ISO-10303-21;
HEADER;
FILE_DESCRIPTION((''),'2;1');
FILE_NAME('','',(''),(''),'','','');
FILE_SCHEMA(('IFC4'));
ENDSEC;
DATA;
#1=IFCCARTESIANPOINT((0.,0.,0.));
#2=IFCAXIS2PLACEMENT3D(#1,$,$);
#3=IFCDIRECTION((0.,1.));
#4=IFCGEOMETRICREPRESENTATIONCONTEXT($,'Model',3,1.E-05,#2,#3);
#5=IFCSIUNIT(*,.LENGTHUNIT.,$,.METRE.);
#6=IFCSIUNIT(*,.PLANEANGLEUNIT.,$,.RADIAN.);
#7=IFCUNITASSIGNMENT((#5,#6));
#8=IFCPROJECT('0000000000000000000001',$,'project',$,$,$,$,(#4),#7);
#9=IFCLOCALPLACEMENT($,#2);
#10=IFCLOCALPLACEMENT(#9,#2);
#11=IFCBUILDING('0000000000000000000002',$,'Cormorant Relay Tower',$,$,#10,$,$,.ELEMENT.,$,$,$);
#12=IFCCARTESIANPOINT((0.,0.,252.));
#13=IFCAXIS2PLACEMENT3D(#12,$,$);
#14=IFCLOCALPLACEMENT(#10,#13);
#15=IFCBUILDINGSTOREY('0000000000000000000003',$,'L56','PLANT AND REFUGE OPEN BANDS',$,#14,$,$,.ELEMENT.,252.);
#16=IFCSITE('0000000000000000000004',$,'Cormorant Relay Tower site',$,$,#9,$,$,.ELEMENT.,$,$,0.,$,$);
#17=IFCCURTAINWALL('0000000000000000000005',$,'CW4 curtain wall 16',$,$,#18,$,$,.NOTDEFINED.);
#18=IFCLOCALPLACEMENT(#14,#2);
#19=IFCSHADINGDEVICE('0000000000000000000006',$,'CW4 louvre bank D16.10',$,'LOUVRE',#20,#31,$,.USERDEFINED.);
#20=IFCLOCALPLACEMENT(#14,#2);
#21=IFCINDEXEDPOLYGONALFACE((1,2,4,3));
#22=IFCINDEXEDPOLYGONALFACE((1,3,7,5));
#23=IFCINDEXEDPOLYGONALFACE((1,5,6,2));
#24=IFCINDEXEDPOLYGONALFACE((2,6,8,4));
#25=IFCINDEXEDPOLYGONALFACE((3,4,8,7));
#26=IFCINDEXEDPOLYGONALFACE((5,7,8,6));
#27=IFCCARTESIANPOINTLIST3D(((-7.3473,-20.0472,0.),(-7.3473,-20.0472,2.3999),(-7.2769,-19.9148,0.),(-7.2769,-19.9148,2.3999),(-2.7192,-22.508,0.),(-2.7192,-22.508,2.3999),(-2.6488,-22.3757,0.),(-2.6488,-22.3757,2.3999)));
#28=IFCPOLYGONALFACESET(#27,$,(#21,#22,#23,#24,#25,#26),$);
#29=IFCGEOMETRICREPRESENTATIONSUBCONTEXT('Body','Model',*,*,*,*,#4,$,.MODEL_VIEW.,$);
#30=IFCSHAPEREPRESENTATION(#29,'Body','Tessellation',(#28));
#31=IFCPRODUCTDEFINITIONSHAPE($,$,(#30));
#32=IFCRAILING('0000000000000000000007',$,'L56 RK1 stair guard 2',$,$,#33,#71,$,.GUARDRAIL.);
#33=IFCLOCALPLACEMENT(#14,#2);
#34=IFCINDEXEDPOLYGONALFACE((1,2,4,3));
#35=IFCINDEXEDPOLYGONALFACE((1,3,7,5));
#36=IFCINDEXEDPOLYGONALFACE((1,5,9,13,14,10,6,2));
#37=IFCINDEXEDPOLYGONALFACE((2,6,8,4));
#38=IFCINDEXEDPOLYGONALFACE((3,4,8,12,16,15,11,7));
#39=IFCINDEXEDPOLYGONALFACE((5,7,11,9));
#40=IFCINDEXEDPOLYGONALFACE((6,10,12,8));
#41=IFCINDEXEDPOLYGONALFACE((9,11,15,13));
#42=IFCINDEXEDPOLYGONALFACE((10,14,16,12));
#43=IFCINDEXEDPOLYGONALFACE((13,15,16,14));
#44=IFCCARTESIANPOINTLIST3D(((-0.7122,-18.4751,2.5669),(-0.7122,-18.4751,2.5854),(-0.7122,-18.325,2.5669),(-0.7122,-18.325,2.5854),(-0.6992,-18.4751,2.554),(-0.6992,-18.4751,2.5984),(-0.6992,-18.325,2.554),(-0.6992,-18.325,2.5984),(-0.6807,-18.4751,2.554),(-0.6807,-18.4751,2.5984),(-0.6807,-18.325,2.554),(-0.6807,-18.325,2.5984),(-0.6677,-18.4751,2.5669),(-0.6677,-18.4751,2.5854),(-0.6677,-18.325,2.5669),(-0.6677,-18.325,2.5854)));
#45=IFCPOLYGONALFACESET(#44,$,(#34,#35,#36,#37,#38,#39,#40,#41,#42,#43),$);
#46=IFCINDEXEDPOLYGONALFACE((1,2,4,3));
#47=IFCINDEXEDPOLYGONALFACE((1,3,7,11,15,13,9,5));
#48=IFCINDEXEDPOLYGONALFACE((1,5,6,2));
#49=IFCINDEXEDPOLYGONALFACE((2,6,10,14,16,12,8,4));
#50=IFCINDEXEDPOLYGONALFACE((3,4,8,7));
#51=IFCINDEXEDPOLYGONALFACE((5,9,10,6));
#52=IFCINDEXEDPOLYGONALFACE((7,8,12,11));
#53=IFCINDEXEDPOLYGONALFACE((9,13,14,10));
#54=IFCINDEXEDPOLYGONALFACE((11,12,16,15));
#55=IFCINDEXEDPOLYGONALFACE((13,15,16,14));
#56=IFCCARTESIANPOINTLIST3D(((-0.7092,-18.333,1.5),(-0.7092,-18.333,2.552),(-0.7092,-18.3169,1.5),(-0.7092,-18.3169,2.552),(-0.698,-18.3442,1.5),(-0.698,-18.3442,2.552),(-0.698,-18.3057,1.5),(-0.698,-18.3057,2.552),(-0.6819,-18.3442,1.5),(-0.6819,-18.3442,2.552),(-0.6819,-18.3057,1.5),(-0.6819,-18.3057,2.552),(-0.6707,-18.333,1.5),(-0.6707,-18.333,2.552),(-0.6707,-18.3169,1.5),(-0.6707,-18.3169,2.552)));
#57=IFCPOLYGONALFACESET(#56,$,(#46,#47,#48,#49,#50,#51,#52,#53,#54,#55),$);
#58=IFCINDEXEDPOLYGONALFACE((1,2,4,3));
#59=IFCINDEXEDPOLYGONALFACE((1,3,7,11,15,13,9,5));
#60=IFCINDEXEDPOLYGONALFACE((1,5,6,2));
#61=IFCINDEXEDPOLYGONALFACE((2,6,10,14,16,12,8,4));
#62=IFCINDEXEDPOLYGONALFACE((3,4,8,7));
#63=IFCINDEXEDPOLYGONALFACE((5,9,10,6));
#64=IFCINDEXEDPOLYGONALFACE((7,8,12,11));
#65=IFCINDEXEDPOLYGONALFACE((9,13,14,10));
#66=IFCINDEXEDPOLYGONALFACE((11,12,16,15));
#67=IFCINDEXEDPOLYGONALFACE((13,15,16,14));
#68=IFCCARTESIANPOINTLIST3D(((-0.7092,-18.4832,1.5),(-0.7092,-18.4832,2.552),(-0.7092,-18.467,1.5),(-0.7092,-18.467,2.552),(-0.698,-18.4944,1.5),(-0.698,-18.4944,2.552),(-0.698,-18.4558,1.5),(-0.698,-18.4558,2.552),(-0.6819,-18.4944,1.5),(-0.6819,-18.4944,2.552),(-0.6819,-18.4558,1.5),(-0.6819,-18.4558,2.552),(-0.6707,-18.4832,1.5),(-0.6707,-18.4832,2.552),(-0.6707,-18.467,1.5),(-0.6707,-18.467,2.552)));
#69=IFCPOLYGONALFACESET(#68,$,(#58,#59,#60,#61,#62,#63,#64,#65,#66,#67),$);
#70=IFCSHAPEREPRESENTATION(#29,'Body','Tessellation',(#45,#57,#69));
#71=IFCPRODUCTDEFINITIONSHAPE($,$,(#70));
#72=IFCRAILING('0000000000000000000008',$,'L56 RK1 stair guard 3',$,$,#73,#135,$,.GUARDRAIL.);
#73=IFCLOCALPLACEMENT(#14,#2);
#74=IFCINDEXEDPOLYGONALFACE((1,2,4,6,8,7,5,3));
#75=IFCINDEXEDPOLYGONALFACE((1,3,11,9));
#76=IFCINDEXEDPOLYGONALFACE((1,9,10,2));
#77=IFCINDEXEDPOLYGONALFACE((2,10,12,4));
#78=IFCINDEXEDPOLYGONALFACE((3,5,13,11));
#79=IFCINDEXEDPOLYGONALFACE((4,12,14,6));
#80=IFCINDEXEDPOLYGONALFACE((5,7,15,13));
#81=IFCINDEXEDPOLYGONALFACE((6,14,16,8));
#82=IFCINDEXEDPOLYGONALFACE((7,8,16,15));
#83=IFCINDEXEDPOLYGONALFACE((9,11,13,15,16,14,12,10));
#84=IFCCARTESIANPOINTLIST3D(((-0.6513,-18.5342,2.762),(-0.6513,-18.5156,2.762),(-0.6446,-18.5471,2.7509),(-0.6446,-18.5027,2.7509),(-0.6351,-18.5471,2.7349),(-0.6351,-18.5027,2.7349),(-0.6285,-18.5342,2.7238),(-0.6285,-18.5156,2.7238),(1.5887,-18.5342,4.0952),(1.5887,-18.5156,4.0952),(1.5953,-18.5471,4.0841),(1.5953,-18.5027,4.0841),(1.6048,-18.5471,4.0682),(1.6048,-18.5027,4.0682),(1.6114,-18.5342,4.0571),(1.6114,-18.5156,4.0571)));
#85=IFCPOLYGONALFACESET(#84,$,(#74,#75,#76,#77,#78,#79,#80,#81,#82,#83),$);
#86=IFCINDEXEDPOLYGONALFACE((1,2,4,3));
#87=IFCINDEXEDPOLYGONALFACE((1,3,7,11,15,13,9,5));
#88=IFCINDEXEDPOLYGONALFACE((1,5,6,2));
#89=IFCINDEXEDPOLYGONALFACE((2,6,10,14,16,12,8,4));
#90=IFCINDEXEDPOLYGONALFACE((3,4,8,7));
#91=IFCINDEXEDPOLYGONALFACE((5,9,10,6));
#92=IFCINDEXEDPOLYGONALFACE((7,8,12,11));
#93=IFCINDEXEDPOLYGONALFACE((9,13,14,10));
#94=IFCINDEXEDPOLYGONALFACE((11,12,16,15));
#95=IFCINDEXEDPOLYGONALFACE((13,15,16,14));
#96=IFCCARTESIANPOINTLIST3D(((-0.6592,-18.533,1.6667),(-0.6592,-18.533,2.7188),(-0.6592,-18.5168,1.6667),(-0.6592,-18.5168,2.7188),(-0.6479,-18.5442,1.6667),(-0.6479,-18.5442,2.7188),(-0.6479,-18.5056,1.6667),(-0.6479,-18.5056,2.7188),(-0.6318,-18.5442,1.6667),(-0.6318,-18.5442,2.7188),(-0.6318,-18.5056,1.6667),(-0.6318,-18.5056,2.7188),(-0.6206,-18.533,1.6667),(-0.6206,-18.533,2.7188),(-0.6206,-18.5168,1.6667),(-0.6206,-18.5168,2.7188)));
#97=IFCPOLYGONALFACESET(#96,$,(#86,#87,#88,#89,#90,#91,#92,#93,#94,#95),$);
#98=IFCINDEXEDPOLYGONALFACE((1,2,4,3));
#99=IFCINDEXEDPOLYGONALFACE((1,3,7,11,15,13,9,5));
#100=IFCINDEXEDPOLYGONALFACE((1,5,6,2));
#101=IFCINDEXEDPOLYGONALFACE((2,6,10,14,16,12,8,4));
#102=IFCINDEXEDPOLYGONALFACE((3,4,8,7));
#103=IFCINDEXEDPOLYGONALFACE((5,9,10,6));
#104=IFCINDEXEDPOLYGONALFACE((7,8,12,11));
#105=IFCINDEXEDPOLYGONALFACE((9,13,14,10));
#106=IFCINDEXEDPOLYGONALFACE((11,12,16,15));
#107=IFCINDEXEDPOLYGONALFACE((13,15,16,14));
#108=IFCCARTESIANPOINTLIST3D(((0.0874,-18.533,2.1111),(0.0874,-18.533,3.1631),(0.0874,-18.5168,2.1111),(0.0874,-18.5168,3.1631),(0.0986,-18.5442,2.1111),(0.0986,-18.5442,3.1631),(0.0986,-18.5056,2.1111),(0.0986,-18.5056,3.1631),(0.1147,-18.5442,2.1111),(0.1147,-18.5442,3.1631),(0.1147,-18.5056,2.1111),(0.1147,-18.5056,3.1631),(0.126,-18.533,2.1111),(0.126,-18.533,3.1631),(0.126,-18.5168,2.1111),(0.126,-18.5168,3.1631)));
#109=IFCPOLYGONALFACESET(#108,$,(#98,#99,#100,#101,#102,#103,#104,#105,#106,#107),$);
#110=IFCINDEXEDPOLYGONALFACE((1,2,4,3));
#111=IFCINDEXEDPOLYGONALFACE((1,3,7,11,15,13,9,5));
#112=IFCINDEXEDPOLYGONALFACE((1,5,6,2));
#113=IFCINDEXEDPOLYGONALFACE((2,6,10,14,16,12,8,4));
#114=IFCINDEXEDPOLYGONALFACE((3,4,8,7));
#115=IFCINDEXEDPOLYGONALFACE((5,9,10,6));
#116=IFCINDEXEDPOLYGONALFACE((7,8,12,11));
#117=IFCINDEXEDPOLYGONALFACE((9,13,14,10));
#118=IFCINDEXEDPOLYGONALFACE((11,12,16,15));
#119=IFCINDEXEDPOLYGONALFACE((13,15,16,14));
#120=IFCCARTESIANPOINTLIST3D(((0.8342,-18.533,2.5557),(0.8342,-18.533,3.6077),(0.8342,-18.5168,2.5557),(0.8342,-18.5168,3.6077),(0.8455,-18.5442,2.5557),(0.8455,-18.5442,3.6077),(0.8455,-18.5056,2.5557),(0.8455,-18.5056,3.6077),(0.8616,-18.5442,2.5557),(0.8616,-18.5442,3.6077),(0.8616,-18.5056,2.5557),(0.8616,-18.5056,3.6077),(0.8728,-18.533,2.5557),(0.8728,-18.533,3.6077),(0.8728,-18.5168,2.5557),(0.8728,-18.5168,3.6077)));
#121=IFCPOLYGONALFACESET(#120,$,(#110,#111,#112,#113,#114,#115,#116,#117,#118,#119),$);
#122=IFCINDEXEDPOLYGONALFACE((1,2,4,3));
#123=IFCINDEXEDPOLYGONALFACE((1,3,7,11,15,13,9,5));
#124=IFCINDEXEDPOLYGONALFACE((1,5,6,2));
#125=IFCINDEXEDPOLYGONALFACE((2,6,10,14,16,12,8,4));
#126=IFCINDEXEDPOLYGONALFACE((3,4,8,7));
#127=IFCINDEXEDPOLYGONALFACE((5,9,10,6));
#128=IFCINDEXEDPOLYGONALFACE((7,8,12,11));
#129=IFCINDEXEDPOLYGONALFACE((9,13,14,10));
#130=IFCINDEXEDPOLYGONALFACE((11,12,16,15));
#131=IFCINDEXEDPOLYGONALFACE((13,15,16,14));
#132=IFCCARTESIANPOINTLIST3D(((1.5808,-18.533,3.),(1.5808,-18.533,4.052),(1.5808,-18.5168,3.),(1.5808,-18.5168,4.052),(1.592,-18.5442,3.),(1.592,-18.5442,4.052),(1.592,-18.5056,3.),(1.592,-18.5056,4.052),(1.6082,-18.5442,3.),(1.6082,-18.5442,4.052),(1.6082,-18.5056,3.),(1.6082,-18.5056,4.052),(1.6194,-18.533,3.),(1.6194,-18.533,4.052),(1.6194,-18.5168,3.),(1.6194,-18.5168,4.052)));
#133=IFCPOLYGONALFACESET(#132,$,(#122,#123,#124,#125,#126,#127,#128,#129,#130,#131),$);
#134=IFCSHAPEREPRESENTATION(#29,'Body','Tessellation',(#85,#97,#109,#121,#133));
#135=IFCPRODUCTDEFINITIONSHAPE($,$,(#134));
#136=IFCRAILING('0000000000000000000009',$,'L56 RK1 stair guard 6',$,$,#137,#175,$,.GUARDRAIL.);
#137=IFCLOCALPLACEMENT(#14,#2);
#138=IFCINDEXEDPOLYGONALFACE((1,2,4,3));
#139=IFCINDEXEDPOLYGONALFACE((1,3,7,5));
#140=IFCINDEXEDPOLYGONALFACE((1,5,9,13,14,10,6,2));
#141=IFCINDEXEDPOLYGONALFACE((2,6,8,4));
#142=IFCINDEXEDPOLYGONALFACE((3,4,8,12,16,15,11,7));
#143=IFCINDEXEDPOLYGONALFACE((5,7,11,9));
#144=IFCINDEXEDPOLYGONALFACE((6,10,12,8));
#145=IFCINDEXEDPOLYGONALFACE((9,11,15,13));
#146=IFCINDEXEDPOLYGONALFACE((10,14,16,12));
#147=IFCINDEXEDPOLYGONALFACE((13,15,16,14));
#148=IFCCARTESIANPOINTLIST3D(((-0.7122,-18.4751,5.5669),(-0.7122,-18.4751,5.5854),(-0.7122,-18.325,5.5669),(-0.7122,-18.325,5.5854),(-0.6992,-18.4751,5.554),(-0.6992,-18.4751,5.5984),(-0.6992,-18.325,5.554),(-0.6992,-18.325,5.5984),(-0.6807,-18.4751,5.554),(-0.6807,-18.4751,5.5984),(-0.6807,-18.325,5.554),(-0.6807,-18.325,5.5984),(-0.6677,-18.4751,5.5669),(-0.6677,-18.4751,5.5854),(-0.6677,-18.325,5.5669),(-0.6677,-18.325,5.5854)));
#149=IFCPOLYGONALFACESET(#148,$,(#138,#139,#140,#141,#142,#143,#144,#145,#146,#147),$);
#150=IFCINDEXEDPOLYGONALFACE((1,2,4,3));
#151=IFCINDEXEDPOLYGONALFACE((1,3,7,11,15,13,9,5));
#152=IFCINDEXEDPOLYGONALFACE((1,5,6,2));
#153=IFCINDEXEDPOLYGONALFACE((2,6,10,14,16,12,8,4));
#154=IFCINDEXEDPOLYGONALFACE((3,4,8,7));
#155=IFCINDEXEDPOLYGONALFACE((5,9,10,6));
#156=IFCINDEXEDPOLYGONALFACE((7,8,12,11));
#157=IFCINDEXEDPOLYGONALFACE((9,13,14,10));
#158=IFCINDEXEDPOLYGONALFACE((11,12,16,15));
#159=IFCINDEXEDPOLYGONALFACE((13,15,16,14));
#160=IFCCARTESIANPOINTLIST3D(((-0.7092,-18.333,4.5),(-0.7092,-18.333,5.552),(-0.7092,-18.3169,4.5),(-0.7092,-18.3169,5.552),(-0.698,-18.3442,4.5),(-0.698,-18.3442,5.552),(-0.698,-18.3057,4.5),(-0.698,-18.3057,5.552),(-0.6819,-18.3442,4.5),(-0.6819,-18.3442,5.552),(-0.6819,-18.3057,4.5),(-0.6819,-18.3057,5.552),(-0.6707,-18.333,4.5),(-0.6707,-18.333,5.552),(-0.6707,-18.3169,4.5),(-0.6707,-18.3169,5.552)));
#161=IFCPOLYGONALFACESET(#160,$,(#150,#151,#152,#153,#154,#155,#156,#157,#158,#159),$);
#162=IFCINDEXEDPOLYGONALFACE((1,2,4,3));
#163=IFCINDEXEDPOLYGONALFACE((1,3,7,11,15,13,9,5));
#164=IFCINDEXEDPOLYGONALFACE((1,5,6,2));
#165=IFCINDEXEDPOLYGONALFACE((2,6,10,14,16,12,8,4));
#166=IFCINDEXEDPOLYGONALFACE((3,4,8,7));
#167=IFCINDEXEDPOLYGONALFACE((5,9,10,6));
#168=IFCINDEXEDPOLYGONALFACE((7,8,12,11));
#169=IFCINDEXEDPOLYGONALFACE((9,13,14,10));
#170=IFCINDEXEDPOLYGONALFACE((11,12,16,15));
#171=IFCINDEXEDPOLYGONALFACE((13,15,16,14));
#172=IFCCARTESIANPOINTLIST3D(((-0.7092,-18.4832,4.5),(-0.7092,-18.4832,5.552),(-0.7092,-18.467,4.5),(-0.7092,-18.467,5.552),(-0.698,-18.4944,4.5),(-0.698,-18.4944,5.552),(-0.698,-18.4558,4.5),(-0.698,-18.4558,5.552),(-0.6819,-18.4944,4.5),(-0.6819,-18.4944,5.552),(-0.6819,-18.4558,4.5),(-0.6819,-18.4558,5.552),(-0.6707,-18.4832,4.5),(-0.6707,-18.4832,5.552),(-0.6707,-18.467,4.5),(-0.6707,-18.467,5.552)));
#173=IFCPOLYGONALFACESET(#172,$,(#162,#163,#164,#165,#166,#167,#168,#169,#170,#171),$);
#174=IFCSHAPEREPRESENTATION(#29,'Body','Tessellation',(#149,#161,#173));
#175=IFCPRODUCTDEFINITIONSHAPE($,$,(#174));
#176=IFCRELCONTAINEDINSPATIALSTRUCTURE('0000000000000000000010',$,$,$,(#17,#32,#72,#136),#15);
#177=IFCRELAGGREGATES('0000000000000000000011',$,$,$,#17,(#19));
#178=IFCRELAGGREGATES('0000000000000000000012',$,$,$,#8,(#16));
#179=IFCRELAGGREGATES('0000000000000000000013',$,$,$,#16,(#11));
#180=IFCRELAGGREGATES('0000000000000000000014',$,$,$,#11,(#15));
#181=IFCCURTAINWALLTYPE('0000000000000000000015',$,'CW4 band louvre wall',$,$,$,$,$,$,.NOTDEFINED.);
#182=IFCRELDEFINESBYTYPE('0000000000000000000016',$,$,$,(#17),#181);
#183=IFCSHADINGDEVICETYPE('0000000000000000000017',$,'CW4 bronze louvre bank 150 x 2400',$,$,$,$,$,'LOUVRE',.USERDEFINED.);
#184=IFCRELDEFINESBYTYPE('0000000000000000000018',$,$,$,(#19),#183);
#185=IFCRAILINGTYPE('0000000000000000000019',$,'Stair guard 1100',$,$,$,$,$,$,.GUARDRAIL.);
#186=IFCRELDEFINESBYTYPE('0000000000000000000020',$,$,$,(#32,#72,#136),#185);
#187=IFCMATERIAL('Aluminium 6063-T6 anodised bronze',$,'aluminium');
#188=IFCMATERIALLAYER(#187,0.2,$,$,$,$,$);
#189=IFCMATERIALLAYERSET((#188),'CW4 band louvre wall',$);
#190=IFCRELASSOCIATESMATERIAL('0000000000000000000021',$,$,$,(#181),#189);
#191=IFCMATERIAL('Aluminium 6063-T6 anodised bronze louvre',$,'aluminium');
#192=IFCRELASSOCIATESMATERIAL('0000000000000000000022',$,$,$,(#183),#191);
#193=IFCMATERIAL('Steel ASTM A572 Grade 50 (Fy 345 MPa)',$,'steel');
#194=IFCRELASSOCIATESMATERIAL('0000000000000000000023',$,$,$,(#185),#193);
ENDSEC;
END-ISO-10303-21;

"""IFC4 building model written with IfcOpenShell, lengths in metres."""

from ifc_helpers import new_model, si_unit, direction, frame, origin, origin_2d, place, context, subcontext, project, spatial, polyline, rectangle, outline, extrude, material, layer, layer_set, type_object, element, aggregate, save


model = new_model("IFC4")

# Units and contexts
model_context = context("Model", 3, precision=1e-05, world=origin(), true_north=direction((0.0, 1.0)))
body_context = subcontext(model_context, "Body", "Model", "MODEL_VIEW")
ifc_project = project(units=[si_unit("LENGTHUNIT", "METRE"), si_unit("PLANEANGLEUNIT", "RADIAN")], contexts=[model_context])

# Site, building, storey
site_placement = place(None, origin())
site = spatial("IfcSite", under=ifc_project, at=site_placement, Name="Cormorant Relay Tower site", CompositionType="ELEMENT", RefElevation=0.0)
building_placement = place(site_placement, origin())
building = spatial("IfcBuilding", under=site, at=building_placement, Name="Cormorant Relay Tower", CompositionType="ELEMENT")
storey_placement = place(building_placement, frame((0.0, 0.0, 252.0)))
storey = spatial("IfcBuildingStorey", under=building, at=storey_placement, Name="L56", Description="PLANT AND REFUGE OPEN BANDS", CompositionType="ELEMENT", Elevation=252.0)

# Shared definitions
ifc_material_1 = material(Name="Aluminium 6063-T6 anodised bronze", Category="aluminium")
ifc_layer_1 = layer(ifc_material_1, 0.2)
ifc_layer_set_1 = layer_set([ifc_layer_1], Name="CW4 band louvre wall")
curtain_wall_type = type_object("IfcCurtainWallType", Name="CW4 band louvre wall", PredefinedType="NOTDEFINED", material=ifc_layer_set_1)

# Curtain wall
curtain_wall_1_placement = place(storey_placement, origin())
curtain_wall_1 = element("IfcCurtainWall", 1, at=curtain_wall_1_placement, inside=storey, type_object=curtain_wall_type, Name="CW4 curtain wall 16", PredefinedType="NOTDEFINED")

# Shading device
ifc_material_2 = material(Name="Aluminium 6063-T6 anodised bronze louvre", Category="aluminium")
shading_device_type = type_object("IfcShadingDeviceType", Name="CW4 bronze louvre bank 150 x 2400", ElementType="LOUVRE", PredefinedType="USERDEFINED", material=ifc_material_2)
shading_device_1_placement = place(storey_placement, frame((-4.998, -21.2114, 0.0), z_axis=(0.0, 0.0, 1.0), x_axis=(0.882948, -0.469472, 0.0)))
shading_device_1 = element("IfcShadingDevice", 2, at=shading_device_1_placement, type_object=shading_device_type, Name="CW4 louvre bank D16.10", ObjectType="LOUVRE", PredefinedType="USERDEFINED", context=body_context, shape_type="SweptSolid", body=[
    extrude(rectangle(XDim=5.2417, YDim=0.1499, at=origin_2d()), origin(), (0.0, 0.0, 1.0), 2.3999),
])
aggregate(curtain_wall_1, [shading_device_1])

# Railings
ifc_material_3 = material(Name="Steel ASTM A572 Grade 50 (Fy 345 MPa)", Category="steel")
railing_type_1 = type_object("IfcRailingType", Name="Stair guard 1100", PredefinedType="GUARDRAIL", material=ifc_material_3)
railing_1_placement = place(storey_placement, frame((-0.6899, -18.325, 1.5)))
element("IfcRailing", 3, at=railing_1_placement, inside=storey, type_object=railing_type_1, Name="L56 RK1 stair guard 2", PredefinedType="GUARDRAIL", context=body_context, shape_type="SweptSolid", body=[
    extrude(outline(polyline([(0.0222, 0.0093), (0.0093, 0.0222), (-0.0093, 0.0222), (-0.0222, 0.0093), (-0.0222, -0.0093), (-0.0093, -0.0222), (0.0093, -0.0222), (0.0222, -0.0093), (0.0222, 0.0093)])), frame((0.0, 0.0, 1.0762), z_axis=(0.0, -1.0, 0.0), x_axis=(1.0, 0.0, 0.0)), (0.0, 0.0, 1.0), 0.1501),
    extrude(outline(polyline([(0.0193, 0.0081), (0.0081, 0.0193), (-0.0081, 0.0193), (-0.0193, 0.0081), (-0.0193, -0.0081), (-0.0081, -0.0193), (0.0081, -0.0193), (0.0193, -0.0081), (0.0193, 0.0081)])), origin(), (0.0, 0.0, 1.0), 1.052),
    extrude(outline(polyline([(0.0193, 0.0081), (0.0081, 0.0193), (-0.0081, 0.0193), (-0.0193, 0.0081), (-0.0193, -0.0081), (-0.0081, -0.0193), (0.0081, -0.0193), (0.0193, -0.0081), (0.0193, 0.0081)])), frame((0.0, -0.1501, 0.0)), (0.0, 0.0, 1.0), 1.052),
])
railing_2_placement = place(storey_placement, frame((-0.6399, -18.5249, 1.6667)))
element("IfcRailing", 4, at=railing_2_placement, inside=storey, type_object=railing_type_1, Name="L56 RK1 stair guard 3", PredefinedType="GUARDRAIL", context=body_context, shape_type="SweptSolid", body=[
    extrude(outline(polyline([(0.0222, 0.0093), (0.0093, 0.0222), (-0.0093, 0.0222), (-0.0222, 0.0093), (-0.0222, -0.0093), (-0.0093, -0.0222), (0.0093, -0.0222), (0.0222, -0.0093), (0.0222, 0.0093)])), frame((0.0, 0.0, 1.0762), z_axis=(0.859306, 0.0, 0.511462), x_axis=(0.0, 1.0, 0.0)), (0.0, 0.0, 1.0), 2.6067),
    extrude(outline(polyline([(0.0193, 0.0081), (0.0081, 0.0193), (-0.0081, 0.0193), (-0.0193, 0.0081), (-0.0193, -0.0081), (-0.0081, -0.0193), (0.0081, -0.0193), (0.0193, -0.0081), (0.0193, 0.0081)])), origin(), (0.0, 0.0, 1.0), 1.052),
    extrude(outline(polyline([(0.0193, 0.0081), (0.0081, 0.0193), (-0.0081, 0.0193), (-0.0193, 0.0081), (-0.0193, -0.0081), (-0.0081, -0.0193), (0.0081, -0.0193), (0.0193, -0.0081), (0.0193, 0.0081)])), frame((0.7466, 0.0, 0.4443)), (0.0, 0.0, 1.0), 1.052),
    extrude(outline(polyline([(0.0193, 0.0081), (0.0081, 0.0193), (-0.0081, 0.0193), (-0.0193, 0.0081), (-0.0193, -0.0081), (-0.0081, -0.0193), (0.0081, -0.0193), (0.0193, -0.0081), (0.0193, 0.0081)])), frame((1.4934, 0.0, 0.8889)), (0.0, 0.0, 1.0), 1.052),
    extrude(outline(polyline([(0.0193, 0.0081), (0.0081, 0.0193), (-0.0081, 0.0193), (-0.0193, 0.0081), (-0.0193, -0.0081), (-0.0081, -0.0193), (0.0081, -0.0193), (0.0193, -0.0081), (0.0193, 0.0081)])), frame((2.24, 0.0, 1.3333)), (0.0, 0.0, 1.0), 1.052),
])
railing_3_placement = place(storey_placement, frame((-0.6899, -18.325, 4.5)))
element("IfcRailing", 5, at=railing_3_placement, inside=storey, type_object=railing_type_1, Name="L56 RK1 stair guard 6", PredefinedType="GUARDRAIL", context=body_context, shape_type="SweptSolid", body=[
    extrude(outline(polyline([(0.0222, 0.0093), (0.0093, 0.0222), (-0.0093, 0.0222), (-0.0222, 0.0093), (-0.0222, -0.0093), (-0.0093, -0.0222), (0.0093, -0.0222), (0.0222, -0.0093), (0.0222, 0.0093)])), frame((0.0, 0.0, 1.0762), z_axis=(0.0, -1.0, 0.0), x_axis=(1.0, 0.0, 0.0)), (0.0, 0.0, 1.0), 0.1501),
    extrude(outline(polyline([(0.0193, 0.0081), (0.0081, 0.0193), (-0.0081, 0.0193), (-0.0193, 0.0081), (-0.0193, -0.0081), (-0.0081, -0.0193), (0.0081, -0.0193), (0.0193, -0.0081), (0.0193, 0.0081)])), origin(), (0.0, 0.0, 1.0), 1.052),
    extrude(outline(polyline([(0.0193, 0.0081), (0.0081, 0.0193), (-0.0081, 0.0193), (-0.0193, 0.0081), (-0.0193, -0.0081), (-0.0081, -0.0193), (0.0081, -0.0193), (0.0193, -0.0081), (0.0193, 0.0081)])), frame((0.0, -0.1501, 0.0)), (0.0, 0.0, 1.0), 1.052),
])

save(model, "model.ifc")
